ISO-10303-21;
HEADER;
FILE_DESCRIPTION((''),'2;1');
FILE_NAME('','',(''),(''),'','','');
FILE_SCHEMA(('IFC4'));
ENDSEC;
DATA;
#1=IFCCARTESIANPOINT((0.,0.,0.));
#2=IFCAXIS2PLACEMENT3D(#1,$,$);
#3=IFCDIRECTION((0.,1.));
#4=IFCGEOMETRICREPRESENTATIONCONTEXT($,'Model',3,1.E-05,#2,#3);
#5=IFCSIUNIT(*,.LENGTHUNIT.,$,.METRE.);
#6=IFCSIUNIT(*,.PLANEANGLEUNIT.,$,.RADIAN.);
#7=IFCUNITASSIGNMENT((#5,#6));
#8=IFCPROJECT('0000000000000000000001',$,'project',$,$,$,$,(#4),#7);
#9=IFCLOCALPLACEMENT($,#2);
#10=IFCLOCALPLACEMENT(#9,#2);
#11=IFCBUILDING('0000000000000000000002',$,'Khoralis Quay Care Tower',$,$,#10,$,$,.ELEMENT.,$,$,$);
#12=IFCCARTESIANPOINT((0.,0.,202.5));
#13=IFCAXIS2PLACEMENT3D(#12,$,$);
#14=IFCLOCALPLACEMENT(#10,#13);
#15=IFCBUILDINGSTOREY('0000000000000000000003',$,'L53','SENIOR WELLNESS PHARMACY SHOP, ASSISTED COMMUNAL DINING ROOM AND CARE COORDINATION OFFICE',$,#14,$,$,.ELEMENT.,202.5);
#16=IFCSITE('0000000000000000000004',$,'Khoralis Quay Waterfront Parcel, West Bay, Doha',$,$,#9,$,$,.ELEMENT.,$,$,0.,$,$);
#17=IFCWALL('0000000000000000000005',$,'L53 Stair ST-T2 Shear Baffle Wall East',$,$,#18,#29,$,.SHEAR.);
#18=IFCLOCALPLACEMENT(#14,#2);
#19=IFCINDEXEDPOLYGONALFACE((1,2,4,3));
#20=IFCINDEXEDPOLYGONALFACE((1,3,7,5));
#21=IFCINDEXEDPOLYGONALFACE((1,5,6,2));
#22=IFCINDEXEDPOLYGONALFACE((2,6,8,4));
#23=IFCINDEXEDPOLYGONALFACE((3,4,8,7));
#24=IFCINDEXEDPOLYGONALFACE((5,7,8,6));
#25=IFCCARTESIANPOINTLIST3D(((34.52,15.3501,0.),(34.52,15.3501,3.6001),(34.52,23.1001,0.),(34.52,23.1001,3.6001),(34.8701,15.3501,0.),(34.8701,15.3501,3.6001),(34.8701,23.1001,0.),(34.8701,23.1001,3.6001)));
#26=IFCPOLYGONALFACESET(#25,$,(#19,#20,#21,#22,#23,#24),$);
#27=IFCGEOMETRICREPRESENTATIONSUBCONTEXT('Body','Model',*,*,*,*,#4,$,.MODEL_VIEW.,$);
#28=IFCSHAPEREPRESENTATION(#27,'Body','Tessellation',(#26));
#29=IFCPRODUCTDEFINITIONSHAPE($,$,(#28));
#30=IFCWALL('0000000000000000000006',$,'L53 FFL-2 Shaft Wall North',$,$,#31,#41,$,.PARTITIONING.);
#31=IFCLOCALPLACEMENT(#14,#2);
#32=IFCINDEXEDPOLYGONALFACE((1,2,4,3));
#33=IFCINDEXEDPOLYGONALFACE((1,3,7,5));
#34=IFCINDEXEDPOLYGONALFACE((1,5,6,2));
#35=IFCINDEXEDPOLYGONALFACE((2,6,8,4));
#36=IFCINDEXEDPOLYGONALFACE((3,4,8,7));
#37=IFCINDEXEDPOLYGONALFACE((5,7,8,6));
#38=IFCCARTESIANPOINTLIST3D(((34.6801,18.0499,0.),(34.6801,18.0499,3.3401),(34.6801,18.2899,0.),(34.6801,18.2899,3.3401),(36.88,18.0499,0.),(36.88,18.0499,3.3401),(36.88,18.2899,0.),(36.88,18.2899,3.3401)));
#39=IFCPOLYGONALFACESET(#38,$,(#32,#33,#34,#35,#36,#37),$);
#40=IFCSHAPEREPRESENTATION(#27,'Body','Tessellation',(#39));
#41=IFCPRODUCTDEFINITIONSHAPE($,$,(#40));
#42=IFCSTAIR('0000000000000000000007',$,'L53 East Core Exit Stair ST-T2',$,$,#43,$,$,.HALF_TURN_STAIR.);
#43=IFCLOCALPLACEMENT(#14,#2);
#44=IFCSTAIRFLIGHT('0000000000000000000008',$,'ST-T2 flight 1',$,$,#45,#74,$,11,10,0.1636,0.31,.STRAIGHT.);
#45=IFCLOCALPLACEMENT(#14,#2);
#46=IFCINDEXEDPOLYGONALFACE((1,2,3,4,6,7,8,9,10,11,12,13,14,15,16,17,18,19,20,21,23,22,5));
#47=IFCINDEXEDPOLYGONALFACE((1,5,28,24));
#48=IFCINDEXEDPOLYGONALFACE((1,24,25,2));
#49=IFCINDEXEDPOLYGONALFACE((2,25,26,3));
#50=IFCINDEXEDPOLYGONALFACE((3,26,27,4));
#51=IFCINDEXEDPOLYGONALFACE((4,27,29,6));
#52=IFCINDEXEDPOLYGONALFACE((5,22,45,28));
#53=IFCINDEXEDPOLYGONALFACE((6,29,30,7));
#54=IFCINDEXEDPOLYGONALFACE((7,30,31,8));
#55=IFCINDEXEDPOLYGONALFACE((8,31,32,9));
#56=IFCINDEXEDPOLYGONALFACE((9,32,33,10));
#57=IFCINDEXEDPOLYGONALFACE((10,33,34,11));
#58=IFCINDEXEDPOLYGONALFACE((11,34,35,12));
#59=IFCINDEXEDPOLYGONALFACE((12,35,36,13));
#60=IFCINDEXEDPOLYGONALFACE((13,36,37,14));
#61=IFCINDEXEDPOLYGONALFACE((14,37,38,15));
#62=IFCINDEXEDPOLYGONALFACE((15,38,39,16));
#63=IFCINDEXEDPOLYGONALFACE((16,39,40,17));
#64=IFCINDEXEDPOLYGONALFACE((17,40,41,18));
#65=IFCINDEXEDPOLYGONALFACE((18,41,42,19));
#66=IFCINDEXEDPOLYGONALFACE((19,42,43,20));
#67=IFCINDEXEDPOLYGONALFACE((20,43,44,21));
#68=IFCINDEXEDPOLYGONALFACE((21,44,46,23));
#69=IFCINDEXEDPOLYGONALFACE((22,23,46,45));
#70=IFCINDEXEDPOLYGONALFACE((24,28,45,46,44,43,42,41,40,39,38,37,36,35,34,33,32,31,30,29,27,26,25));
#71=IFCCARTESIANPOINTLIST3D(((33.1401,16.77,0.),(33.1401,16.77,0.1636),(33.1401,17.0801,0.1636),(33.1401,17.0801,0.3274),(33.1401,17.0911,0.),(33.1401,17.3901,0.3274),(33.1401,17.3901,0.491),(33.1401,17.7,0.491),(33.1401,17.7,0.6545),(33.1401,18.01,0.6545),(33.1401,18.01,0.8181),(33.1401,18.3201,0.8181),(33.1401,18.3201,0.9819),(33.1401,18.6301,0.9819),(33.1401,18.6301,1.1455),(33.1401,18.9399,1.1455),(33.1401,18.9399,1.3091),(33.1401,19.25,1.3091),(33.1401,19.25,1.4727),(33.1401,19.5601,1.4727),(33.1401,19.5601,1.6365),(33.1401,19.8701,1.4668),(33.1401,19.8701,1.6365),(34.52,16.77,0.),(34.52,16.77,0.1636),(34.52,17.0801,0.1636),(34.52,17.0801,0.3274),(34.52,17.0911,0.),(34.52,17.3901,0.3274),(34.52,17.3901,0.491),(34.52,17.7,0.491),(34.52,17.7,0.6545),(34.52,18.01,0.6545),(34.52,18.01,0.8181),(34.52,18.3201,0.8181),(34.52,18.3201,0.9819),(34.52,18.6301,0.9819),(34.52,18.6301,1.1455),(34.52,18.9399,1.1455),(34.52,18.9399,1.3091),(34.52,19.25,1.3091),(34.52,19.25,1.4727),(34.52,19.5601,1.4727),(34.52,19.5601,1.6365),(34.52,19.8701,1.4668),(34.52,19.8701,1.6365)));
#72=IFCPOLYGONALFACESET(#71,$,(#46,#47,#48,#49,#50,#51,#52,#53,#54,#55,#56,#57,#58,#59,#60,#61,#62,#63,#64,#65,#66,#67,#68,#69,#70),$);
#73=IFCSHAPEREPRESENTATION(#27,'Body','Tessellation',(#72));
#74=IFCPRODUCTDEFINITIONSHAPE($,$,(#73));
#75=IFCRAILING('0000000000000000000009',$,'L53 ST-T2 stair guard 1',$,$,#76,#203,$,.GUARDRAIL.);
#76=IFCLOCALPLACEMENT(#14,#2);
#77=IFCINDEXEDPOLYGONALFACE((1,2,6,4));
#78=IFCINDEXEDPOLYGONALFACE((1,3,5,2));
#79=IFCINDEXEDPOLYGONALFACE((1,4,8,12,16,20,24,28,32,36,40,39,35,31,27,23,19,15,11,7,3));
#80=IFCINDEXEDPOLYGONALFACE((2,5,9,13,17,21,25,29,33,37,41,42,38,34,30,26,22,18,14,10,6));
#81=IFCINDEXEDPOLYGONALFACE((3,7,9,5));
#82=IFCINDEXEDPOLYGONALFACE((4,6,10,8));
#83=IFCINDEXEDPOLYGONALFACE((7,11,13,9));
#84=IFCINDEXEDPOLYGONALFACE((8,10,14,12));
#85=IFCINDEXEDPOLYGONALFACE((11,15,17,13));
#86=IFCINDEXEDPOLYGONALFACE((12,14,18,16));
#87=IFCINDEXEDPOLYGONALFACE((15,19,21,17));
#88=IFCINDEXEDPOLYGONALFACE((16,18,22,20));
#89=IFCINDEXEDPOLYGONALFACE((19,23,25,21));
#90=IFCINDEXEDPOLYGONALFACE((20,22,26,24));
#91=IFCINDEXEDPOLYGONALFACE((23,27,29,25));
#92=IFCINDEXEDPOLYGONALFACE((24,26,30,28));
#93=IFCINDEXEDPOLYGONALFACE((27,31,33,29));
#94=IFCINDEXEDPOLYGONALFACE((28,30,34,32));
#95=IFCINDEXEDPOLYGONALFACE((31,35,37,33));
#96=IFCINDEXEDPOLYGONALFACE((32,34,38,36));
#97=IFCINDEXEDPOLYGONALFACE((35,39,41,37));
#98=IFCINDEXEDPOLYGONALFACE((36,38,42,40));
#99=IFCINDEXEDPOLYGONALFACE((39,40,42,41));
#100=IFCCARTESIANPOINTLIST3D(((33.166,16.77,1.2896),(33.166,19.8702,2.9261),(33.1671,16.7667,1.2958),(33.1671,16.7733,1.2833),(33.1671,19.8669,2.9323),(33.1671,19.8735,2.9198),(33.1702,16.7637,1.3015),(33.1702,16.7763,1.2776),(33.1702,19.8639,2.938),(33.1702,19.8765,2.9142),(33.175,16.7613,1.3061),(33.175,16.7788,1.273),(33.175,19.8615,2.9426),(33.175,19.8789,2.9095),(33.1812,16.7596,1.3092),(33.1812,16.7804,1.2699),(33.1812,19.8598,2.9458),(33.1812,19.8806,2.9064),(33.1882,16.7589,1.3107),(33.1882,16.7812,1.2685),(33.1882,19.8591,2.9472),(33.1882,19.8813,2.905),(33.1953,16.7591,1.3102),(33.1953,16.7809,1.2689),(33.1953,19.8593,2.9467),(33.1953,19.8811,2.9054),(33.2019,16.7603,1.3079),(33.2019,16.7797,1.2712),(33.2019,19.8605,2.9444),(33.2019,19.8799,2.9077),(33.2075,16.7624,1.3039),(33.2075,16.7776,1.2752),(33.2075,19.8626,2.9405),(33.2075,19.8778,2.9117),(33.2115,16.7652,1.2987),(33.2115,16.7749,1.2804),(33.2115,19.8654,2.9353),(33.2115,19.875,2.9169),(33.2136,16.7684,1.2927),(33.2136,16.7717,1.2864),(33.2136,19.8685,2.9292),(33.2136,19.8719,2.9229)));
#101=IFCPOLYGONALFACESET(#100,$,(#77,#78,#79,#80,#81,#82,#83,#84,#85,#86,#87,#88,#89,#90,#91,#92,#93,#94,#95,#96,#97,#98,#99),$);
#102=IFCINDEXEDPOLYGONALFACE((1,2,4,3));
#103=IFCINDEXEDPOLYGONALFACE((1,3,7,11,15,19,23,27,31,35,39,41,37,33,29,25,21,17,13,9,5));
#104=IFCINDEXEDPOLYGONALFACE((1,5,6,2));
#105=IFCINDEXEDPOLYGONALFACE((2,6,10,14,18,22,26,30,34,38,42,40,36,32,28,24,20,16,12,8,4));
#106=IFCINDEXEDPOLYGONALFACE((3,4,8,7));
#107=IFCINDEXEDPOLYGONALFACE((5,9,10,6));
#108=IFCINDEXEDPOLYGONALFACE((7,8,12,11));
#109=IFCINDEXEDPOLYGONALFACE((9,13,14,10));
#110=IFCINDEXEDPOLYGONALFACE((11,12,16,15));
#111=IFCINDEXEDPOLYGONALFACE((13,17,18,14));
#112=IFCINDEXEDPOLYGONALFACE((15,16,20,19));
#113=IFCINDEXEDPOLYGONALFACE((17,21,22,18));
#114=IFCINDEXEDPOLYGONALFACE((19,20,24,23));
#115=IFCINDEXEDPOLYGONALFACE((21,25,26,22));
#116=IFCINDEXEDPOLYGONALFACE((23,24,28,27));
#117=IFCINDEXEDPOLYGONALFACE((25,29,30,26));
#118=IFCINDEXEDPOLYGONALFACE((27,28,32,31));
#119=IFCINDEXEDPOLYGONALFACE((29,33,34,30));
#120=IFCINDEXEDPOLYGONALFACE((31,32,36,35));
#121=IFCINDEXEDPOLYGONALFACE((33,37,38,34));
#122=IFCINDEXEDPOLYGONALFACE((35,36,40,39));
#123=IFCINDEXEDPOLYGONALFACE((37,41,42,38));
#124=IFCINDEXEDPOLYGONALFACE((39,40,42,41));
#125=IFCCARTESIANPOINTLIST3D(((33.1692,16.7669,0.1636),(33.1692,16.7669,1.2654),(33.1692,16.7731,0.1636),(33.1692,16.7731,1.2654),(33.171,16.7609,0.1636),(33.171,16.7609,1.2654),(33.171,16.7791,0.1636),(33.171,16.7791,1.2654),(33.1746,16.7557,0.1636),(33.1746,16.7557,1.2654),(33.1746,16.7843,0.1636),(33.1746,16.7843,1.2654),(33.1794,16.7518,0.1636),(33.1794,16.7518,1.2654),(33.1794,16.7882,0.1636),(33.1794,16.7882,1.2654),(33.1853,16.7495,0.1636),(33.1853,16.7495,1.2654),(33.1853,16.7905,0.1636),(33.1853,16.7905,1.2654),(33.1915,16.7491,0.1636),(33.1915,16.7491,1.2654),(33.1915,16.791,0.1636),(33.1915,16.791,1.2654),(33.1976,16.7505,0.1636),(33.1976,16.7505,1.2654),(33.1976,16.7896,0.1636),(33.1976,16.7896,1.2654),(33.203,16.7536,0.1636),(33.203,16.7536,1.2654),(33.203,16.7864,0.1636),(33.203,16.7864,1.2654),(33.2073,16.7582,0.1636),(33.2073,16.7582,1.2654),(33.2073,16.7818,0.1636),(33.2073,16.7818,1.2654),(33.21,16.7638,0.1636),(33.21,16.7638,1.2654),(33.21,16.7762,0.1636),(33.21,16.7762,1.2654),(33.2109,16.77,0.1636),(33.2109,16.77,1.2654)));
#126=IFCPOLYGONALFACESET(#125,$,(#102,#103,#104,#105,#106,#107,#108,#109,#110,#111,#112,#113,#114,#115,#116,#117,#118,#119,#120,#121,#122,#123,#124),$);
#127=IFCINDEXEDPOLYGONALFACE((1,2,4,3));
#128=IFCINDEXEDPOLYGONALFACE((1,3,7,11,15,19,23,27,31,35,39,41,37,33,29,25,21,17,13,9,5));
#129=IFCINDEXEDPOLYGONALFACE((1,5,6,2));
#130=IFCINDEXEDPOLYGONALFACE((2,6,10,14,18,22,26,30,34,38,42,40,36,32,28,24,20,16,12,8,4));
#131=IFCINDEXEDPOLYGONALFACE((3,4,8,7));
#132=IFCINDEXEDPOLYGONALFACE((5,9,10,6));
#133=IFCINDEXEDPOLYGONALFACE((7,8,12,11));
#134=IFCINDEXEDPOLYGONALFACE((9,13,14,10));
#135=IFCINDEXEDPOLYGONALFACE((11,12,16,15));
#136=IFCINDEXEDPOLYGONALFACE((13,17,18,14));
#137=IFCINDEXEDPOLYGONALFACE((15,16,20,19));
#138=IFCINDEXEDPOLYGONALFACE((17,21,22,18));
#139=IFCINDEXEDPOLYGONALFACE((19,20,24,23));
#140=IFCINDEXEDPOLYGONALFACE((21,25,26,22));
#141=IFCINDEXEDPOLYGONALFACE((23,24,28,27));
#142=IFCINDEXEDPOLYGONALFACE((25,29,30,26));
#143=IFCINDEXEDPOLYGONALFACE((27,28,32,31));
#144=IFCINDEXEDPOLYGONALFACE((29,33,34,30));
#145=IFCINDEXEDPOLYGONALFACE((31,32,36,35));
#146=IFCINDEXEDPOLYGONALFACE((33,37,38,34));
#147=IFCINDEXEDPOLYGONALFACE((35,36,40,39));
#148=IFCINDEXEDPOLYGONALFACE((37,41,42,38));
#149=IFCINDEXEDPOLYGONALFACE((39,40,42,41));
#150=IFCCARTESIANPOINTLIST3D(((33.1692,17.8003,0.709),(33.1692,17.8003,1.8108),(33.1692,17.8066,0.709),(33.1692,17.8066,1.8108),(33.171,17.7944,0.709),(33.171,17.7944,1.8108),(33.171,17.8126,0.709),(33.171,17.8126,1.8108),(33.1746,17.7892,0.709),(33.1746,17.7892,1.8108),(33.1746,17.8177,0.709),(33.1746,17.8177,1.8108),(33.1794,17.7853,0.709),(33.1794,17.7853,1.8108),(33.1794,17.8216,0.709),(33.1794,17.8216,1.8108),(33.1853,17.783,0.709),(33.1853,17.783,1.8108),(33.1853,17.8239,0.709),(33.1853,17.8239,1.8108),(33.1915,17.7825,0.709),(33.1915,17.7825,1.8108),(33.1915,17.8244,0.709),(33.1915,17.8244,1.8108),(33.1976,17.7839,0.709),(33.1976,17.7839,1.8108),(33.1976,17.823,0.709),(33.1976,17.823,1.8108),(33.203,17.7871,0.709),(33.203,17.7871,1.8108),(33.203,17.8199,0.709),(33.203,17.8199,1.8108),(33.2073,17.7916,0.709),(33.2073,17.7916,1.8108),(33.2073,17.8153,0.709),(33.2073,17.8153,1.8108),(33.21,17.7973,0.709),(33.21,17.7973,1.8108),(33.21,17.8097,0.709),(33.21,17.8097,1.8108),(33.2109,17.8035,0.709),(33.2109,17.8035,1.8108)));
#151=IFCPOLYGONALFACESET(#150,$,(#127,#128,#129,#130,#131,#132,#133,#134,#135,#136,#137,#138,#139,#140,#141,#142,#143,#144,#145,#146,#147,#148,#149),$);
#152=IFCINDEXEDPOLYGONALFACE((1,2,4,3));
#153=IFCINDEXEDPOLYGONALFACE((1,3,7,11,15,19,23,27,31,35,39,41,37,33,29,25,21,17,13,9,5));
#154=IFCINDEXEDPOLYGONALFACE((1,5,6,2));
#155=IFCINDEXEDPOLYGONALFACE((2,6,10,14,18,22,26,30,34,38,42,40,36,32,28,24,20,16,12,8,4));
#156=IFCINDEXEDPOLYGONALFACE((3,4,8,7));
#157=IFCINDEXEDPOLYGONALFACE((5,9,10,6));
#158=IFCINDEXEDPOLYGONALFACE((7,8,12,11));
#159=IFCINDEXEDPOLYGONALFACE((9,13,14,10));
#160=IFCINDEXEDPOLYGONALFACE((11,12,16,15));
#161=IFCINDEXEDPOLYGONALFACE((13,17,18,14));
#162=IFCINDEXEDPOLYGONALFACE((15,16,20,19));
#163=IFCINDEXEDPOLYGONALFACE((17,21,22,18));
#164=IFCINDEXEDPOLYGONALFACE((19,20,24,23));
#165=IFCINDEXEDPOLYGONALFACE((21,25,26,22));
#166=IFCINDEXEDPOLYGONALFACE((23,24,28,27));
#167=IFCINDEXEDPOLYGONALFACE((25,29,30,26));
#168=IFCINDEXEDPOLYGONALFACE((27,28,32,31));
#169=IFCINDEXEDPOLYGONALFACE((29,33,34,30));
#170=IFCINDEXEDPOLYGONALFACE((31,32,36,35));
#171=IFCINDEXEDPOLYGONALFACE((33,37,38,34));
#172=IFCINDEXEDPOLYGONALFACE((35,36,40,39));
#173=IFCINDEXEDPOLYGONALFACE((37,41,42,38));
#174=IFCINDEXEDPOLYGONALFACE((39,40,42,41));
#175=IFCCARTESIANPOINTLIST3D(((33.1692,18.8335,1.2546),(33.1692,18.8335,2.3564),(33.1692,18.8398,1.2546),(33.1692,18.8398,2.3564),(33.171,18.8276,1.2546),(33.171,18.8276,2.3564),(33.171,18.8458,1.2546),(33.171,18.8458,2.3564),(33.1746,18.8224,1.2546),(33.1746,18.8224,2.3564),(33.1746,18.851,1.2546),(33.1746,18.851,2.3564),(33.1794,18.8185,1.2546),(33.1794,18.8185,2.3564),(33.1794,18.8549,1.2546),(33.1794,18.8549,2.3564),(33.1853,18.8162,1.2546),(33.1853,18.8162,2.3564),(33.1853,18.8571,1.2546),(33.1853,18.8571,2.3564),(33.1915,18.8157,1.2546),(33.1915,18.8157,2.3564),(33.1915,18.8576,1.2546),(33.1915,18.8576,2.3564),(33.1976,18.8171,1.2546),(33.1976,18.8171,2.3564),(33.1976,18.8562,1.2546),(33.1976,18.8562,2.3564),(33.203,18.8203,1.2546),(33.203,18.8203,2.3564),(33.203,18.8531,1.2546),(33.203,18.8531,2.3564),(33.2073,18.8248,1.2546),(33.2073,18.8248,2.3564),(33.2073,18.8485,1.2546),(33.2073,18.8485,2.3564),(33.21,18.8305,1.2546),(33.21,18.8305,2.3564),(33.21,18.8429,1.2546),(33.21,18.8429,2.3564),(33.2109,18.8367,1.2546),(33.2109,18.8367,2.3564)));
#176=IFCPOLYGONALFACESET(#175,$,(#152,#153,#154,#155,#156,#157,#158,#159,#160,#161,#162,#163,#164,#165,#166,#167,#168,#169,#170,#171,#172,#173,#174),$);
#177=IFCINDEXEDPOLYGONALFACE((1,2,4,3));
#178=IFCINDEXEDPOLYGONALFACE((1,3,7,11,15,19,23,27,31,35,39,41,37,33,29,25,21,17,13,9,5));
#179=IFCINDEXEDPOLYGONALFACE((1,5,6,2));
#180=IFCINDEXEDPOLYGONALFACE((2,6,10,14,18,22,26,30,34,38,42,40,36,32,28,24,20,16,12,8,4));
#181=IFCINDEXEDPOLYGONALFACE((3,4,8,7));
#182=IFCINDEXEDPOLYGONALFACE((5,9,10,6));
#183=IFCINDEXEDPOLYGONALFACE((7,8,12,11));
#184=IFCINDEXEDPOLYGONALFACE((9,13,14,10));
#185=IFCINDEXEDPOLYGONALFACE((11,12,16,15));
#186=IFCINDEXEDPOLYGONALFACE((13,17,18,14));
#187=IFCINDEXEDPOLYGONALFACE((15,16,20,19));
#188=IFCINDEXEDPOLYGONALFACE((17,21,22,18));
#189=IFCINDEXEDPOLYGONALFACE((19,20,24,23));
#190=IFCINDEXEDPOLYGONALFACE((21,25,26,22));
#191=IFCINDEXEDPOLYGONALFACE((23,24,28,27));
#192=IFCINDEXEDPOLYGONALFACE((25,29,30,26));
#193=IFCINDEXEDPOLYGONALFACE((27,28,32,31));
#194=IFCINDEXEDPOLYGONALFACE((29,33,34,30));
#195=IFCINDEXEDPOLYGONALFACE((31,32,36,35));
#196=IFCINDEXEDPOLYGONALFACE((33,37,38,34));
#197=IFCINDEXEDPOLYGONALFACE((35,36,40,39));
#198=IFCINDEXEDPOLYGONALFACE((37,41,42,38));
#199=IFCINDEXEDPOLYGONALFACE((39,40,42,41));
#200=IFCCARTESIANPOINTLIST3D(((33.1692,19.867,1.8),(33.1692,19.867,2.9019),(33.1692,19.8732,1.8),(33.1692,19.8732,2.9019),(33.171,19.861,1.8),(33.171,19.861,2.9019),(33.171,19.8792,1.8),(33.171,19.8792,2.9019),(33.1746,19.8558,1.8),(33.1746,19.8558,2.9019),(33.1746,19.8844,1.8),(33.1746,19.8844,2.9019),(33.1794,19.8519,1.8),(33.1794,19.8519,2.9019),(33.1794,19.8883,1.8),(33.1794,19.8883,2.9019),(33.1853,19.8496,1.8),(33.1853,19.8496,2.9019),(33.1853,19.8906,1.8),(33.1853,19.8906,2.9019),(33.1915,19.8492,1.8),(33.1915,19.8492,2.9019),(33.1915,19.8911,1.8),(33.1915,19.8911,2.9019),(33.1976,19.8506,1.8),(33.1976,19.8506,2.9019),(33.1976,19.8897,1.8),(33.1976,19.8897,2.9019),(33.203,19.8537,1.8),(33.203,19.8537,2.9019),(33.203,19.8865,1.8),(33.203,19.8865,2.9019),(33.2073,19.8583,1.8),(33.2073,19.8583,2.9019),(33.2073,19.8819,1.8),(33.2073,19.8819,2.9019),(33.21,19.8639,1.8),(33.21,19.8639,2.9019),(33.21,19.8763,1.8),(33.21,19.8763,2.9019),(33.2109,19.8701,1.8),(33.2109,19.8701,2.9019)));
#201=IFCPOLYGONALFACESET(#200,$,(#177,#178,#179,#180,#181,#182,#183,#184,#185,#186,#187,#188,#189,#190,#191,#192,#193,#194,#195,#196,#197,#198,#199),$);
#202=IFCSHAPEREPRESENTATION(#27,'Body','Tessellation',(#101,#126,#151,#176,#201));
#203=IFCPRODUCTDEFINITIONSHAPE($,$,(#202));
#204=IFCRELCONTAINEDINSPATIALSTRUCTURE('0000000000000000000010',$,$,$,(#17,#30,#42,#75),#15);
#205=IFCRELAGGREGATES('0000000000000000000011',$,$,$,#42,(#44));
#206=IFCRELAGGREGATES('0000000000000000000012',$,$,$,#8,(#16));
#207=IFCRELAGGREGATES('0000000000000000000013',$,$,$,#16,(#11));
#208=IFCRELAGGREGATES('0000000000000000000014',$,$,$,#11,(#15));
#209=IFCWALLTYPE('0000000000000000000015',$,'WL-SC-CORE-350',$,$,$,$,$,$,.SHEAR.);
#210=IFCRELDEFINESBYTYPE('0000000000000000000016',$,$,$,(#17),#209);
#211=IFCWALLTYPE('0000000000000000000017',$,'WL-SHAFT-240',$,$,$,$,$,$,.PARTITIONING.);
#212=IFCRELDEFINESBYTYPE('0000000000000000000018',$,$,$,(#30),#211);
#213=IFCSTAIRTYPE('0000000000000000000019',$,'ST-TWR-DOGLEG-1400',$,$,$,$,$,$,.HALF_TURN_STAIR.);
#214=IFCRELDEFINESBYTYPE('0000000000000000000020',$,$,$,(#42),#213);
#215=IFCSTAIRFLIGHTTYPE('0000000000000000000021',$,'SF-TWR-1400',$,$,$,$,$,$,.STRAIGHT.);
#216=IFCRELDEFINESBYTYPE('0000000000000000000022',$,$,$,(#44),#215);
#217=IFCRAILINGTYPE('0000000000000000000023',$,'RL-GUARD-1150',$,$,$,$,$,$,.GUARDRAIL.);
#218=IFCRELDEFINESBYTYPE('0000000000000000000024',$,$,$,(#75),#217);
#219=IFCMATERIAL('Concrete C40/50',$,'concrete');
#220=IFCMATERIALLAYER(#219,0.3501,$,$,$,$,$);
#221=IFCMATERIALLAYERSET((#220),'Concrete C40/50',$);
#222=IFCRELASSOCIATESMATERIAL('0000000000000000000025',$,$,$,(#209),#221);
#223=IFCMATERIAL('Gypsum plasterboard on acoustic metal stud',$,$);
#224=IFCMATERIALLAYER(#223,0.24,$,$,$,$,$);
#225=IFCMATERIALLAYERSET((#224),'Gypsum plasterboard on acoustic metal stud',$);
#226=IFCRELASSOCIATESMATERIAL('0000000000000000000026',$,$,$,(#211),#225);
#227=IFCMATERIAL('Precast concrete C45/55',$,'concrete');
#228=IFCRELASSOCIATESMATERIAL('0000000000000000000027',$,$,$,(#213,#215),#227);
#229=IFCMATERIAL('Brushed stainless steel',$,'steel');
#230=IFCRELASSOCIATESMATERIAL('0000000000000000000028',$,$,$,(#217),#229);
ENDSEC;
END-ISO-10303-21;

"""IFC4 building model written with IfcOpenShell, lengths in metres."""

from ifc_helpers import new_model, si_unit, direction, frame, frame_2d, origin, origin_2d, place, context, subcontext, project, spatial, polyline, rectangle, circle, outline, extrude, source, transform, mapped, material, layer, layer_set, type_object, element, aggregate, save


model = new_model("IFC4")

# Units and contexts
model_context = context("Model", 3, precision=1e-05, world=origin(), true_north=direction((0.0, 1.0)))
body_context = subcontext(model_context, "Body", "Model", "MODEL_VIEW")
ifc_project = project(units=[si_unit("LENGTHUNIT", "METRE"), si_unit("PLANEANGLEUNIT", "RADIAN")], contexts=[model_context])

# Site, building, storey
site_placement = place(None, origin())
site = spatial("IfcSite", under=ifc_project, at=site_placement, Name="Khoralis Quay Waterfront Parcel, West Bay, Doha", CompositionType="ELEMENT", RefElevation=0.0)
building_placement = place(site_placement, origin())
building = spatial("IfcBuilding", under=site, at=building_placement, Name="Khoralis Quay Care Tower", CompositionType="ELEMENT")
storey_placement = place(building_placement, frame((0.0, 0.0, 202.5)))
storey = spatial("IfcBuildingStorey", under=building, at=storey_placement, Name="L53", Description="SENIOR WELLNESS PHARMACY SHOP, ASSISTED COMMUNAL DINING ROOM AND CARE COORDINATION OFFICE", CompositionType="ELEMENT", Elevation=202.5)

# Shared definitions
ifc_material_1 = material(Name="Gypsum plasterboard on acoustic metal stud")

# Shared definitions
ifc_material_2 = material(Name="Brushed stainless steel", Category="steel")

# Walls
ifc_material_3 = material(Name="Precast concrete C45/55", Category="concrete")
ifc_material_4 = material(Name="Concrete C40/50", Category="concrete")
ifc_layer_1 = layer(ifc_material_4, 0.3501)
ifc_layer_set_1 = layer_set([ifc_layer_1], Name="Concrete C40/50")
wall_type_1 = type_object("IfcWallType", Name="WL-SC-CORE-350", PredefinedType="SHEAR", material=ifc_layer_set_1)
wall_1_placement = place(storey_placement, frame((34.6951, 15.3501, 0.0), z_axis=(0.0, 0.0, 1.0), x_axis=(0.0, 1.0, 0.0)))
element("IfcWall", 1, at=wall_1_placement, inside=storey, type_object=wall_type_1, Name="L53 Stair ST-T2 Shear Baffle Wall East", PredefinedType="SHEAR", context=body_context, shape_type="SweptSolid", body=[
    extrude(rectangle(XDim=7.75, YDim=0.3501, at=frame_2d((3.875, 0.0))), origin(), (0.0, 0.0, 1.0), 3.6001),
])
ifc_layer_2 = layer(ifc_material_1, 0.24)
ifc_layer_set_2 = layer_set([ifc_layer_2], Name="Gypsum plasterboard on acoustic metal stud")
wall_type_2 = type_object("IfcWallType", Name="WL-SHAFT-240", PredefinedType="PARTITIONING", material=ifc_layer_set_2)
wall_2_placement = place(storey_placement, frame((34.6799, 18.1699, 0.0), z_axis=(0.0, 0.0, 1.0), x_axis=(1.0, 0.0, 0.0)))
element("IfcWall", 2, at=wall_2_placement, inside=storey, type_object=wall_type_2, Name="L53 FFL-2 Shaft Wall North", PredefinedType="PARTITIONING", context=body_context, shape_type="SweptSolid", body=[
    extrude(rectangle(XDim=2.2, YDim=0.24, at=frame_2d((1.1001, 0.0))), origin(), (0.0, 0.0, 1.0), 3.3401),
])

# Stair, stair flight
stair_type = type_object("IfcStairType", Name="ST-TWR-DOGLEG-1400", PredefinedType="HALF_TURN_STAIR", material=ifc_material_3)
stair_placement = place(storey_placement, origin())
stair = element("IfcStair", 3, at=stair_placement, inside=storey, type_object=stair_type, Name="L53 East Core Exit Stair ST-T2", PredefinedType="HALF_TURN_STAIR")
stair_flight_type = type_object("IfcStairFlightType", Name="SF-TWR-1400", PredefinedType="STRAIGHT", material=ifc_material_3)
shared_shape_1 = source(origin(), body_context, "Body", "SweptSolid", [
    extrude(outline(polyline([(0.0, 0.0), (0.0, 0.1636), (0.3101, 0.1636), (0.3101, 0.3274), (0.6201, 0.3274), (0.6201, 0.491), (0.9299, 0.491), (0.9299, 0.6545), (1.24, 0.6545), (1.24, 0.8181), (1.55, 0.8181), (1.55, 0.9819), (1.8601, 0.9819), (1.8601, 1.1455), (2.1699, 1.1455), (2.1699, 1.3091), (2.48, 1.3091), (2.48, 1.4727), (2.79, 1.4727), (2.79, 1.6365), (3.1001, 1.6365), (3.1001, 1.8), (3.1001, 1.4668), (0.321, 0.0), (0.0, 0.0)])), frame((0.0, 0.6899, 0.0), z_axis=(0.0, -1.0, 0.0), x_axis=(1.0, 0.0, 0.0)), (0.0, 0.0, 1.0), 1.3799),
])
stair_flight_placement = place(storey_placement, frame((33.8301, 16.77, 0.0), z_axis=(0.0, 0.0, 1.0), x_axis=(0.0, 1.0, 0.0)))
stair_flight = element("IfcStairFlight", 4, at=stair_flight_placement, type_object=stair_flight_type, Name="ST-T2 flight 1", NumberOfRisers=11, NumberOfTreads=10, PredefinedType="STRAIGHT", RiserHeight=0.1636, TreadLength=0.31, context=body_context, shape_type="MappedRepresentation", body=[
    mapped(shared_shape_1, transform((0.0, 0.0, 0.0), scale=1.0)),
])
aggregate(stair, [stair_flight])

# Railing
railing_type_1 = type_object("IfcRailingType", Name="RL-GUARD-1150", PredefinedType="GUARDRAIL", material=ifc_material_2)
railing_1_placement = place(storey_placement, frame((33.1899, 16.77, 0.1636)))
element("IfcRailing", 5, at=railing_1_placement, inside=storey, type_object=railing_type_1, Name="L53 ST-T2 stair guard 1", PredefinedType="GUARDRAIL", context=body_context, shape_type="SweptSolid", body=[
    extrude(circle(Radius=0.0239, at=origin_2d()), frame((0.0, 0.0, 1.126), z_axis=(0.0, 0.884348, 0.466828), x_axis=(-1.0, 0.0, 0.0)), (0.0, 0.0, 1.0), 3.5056),
    extrude(circle(Radius=0.021, at=origin_2d()), origin(), (0.0, 0.0, 1.0), 1.1018),
    extrude(circle(Radius=0.021, at=origin_2d()), frame((0.0, 1.0334, 0.5454)), (0.0, 0.0, 1.0), 1.1018),
    extrude(circle(Radius=0.021, at=origin_2d()), frame((0.0, 2.0667, 1.0911)), (0.0, 0.0, 1.0), 1.1018),
    extrude(circle(Radius=0.021, at=origin_2d()), frame((0.0, 3.1001, 1.6365)), (0.0, 0.0, 1.0), 1.1018),
])

save(model, "model.ifc")
